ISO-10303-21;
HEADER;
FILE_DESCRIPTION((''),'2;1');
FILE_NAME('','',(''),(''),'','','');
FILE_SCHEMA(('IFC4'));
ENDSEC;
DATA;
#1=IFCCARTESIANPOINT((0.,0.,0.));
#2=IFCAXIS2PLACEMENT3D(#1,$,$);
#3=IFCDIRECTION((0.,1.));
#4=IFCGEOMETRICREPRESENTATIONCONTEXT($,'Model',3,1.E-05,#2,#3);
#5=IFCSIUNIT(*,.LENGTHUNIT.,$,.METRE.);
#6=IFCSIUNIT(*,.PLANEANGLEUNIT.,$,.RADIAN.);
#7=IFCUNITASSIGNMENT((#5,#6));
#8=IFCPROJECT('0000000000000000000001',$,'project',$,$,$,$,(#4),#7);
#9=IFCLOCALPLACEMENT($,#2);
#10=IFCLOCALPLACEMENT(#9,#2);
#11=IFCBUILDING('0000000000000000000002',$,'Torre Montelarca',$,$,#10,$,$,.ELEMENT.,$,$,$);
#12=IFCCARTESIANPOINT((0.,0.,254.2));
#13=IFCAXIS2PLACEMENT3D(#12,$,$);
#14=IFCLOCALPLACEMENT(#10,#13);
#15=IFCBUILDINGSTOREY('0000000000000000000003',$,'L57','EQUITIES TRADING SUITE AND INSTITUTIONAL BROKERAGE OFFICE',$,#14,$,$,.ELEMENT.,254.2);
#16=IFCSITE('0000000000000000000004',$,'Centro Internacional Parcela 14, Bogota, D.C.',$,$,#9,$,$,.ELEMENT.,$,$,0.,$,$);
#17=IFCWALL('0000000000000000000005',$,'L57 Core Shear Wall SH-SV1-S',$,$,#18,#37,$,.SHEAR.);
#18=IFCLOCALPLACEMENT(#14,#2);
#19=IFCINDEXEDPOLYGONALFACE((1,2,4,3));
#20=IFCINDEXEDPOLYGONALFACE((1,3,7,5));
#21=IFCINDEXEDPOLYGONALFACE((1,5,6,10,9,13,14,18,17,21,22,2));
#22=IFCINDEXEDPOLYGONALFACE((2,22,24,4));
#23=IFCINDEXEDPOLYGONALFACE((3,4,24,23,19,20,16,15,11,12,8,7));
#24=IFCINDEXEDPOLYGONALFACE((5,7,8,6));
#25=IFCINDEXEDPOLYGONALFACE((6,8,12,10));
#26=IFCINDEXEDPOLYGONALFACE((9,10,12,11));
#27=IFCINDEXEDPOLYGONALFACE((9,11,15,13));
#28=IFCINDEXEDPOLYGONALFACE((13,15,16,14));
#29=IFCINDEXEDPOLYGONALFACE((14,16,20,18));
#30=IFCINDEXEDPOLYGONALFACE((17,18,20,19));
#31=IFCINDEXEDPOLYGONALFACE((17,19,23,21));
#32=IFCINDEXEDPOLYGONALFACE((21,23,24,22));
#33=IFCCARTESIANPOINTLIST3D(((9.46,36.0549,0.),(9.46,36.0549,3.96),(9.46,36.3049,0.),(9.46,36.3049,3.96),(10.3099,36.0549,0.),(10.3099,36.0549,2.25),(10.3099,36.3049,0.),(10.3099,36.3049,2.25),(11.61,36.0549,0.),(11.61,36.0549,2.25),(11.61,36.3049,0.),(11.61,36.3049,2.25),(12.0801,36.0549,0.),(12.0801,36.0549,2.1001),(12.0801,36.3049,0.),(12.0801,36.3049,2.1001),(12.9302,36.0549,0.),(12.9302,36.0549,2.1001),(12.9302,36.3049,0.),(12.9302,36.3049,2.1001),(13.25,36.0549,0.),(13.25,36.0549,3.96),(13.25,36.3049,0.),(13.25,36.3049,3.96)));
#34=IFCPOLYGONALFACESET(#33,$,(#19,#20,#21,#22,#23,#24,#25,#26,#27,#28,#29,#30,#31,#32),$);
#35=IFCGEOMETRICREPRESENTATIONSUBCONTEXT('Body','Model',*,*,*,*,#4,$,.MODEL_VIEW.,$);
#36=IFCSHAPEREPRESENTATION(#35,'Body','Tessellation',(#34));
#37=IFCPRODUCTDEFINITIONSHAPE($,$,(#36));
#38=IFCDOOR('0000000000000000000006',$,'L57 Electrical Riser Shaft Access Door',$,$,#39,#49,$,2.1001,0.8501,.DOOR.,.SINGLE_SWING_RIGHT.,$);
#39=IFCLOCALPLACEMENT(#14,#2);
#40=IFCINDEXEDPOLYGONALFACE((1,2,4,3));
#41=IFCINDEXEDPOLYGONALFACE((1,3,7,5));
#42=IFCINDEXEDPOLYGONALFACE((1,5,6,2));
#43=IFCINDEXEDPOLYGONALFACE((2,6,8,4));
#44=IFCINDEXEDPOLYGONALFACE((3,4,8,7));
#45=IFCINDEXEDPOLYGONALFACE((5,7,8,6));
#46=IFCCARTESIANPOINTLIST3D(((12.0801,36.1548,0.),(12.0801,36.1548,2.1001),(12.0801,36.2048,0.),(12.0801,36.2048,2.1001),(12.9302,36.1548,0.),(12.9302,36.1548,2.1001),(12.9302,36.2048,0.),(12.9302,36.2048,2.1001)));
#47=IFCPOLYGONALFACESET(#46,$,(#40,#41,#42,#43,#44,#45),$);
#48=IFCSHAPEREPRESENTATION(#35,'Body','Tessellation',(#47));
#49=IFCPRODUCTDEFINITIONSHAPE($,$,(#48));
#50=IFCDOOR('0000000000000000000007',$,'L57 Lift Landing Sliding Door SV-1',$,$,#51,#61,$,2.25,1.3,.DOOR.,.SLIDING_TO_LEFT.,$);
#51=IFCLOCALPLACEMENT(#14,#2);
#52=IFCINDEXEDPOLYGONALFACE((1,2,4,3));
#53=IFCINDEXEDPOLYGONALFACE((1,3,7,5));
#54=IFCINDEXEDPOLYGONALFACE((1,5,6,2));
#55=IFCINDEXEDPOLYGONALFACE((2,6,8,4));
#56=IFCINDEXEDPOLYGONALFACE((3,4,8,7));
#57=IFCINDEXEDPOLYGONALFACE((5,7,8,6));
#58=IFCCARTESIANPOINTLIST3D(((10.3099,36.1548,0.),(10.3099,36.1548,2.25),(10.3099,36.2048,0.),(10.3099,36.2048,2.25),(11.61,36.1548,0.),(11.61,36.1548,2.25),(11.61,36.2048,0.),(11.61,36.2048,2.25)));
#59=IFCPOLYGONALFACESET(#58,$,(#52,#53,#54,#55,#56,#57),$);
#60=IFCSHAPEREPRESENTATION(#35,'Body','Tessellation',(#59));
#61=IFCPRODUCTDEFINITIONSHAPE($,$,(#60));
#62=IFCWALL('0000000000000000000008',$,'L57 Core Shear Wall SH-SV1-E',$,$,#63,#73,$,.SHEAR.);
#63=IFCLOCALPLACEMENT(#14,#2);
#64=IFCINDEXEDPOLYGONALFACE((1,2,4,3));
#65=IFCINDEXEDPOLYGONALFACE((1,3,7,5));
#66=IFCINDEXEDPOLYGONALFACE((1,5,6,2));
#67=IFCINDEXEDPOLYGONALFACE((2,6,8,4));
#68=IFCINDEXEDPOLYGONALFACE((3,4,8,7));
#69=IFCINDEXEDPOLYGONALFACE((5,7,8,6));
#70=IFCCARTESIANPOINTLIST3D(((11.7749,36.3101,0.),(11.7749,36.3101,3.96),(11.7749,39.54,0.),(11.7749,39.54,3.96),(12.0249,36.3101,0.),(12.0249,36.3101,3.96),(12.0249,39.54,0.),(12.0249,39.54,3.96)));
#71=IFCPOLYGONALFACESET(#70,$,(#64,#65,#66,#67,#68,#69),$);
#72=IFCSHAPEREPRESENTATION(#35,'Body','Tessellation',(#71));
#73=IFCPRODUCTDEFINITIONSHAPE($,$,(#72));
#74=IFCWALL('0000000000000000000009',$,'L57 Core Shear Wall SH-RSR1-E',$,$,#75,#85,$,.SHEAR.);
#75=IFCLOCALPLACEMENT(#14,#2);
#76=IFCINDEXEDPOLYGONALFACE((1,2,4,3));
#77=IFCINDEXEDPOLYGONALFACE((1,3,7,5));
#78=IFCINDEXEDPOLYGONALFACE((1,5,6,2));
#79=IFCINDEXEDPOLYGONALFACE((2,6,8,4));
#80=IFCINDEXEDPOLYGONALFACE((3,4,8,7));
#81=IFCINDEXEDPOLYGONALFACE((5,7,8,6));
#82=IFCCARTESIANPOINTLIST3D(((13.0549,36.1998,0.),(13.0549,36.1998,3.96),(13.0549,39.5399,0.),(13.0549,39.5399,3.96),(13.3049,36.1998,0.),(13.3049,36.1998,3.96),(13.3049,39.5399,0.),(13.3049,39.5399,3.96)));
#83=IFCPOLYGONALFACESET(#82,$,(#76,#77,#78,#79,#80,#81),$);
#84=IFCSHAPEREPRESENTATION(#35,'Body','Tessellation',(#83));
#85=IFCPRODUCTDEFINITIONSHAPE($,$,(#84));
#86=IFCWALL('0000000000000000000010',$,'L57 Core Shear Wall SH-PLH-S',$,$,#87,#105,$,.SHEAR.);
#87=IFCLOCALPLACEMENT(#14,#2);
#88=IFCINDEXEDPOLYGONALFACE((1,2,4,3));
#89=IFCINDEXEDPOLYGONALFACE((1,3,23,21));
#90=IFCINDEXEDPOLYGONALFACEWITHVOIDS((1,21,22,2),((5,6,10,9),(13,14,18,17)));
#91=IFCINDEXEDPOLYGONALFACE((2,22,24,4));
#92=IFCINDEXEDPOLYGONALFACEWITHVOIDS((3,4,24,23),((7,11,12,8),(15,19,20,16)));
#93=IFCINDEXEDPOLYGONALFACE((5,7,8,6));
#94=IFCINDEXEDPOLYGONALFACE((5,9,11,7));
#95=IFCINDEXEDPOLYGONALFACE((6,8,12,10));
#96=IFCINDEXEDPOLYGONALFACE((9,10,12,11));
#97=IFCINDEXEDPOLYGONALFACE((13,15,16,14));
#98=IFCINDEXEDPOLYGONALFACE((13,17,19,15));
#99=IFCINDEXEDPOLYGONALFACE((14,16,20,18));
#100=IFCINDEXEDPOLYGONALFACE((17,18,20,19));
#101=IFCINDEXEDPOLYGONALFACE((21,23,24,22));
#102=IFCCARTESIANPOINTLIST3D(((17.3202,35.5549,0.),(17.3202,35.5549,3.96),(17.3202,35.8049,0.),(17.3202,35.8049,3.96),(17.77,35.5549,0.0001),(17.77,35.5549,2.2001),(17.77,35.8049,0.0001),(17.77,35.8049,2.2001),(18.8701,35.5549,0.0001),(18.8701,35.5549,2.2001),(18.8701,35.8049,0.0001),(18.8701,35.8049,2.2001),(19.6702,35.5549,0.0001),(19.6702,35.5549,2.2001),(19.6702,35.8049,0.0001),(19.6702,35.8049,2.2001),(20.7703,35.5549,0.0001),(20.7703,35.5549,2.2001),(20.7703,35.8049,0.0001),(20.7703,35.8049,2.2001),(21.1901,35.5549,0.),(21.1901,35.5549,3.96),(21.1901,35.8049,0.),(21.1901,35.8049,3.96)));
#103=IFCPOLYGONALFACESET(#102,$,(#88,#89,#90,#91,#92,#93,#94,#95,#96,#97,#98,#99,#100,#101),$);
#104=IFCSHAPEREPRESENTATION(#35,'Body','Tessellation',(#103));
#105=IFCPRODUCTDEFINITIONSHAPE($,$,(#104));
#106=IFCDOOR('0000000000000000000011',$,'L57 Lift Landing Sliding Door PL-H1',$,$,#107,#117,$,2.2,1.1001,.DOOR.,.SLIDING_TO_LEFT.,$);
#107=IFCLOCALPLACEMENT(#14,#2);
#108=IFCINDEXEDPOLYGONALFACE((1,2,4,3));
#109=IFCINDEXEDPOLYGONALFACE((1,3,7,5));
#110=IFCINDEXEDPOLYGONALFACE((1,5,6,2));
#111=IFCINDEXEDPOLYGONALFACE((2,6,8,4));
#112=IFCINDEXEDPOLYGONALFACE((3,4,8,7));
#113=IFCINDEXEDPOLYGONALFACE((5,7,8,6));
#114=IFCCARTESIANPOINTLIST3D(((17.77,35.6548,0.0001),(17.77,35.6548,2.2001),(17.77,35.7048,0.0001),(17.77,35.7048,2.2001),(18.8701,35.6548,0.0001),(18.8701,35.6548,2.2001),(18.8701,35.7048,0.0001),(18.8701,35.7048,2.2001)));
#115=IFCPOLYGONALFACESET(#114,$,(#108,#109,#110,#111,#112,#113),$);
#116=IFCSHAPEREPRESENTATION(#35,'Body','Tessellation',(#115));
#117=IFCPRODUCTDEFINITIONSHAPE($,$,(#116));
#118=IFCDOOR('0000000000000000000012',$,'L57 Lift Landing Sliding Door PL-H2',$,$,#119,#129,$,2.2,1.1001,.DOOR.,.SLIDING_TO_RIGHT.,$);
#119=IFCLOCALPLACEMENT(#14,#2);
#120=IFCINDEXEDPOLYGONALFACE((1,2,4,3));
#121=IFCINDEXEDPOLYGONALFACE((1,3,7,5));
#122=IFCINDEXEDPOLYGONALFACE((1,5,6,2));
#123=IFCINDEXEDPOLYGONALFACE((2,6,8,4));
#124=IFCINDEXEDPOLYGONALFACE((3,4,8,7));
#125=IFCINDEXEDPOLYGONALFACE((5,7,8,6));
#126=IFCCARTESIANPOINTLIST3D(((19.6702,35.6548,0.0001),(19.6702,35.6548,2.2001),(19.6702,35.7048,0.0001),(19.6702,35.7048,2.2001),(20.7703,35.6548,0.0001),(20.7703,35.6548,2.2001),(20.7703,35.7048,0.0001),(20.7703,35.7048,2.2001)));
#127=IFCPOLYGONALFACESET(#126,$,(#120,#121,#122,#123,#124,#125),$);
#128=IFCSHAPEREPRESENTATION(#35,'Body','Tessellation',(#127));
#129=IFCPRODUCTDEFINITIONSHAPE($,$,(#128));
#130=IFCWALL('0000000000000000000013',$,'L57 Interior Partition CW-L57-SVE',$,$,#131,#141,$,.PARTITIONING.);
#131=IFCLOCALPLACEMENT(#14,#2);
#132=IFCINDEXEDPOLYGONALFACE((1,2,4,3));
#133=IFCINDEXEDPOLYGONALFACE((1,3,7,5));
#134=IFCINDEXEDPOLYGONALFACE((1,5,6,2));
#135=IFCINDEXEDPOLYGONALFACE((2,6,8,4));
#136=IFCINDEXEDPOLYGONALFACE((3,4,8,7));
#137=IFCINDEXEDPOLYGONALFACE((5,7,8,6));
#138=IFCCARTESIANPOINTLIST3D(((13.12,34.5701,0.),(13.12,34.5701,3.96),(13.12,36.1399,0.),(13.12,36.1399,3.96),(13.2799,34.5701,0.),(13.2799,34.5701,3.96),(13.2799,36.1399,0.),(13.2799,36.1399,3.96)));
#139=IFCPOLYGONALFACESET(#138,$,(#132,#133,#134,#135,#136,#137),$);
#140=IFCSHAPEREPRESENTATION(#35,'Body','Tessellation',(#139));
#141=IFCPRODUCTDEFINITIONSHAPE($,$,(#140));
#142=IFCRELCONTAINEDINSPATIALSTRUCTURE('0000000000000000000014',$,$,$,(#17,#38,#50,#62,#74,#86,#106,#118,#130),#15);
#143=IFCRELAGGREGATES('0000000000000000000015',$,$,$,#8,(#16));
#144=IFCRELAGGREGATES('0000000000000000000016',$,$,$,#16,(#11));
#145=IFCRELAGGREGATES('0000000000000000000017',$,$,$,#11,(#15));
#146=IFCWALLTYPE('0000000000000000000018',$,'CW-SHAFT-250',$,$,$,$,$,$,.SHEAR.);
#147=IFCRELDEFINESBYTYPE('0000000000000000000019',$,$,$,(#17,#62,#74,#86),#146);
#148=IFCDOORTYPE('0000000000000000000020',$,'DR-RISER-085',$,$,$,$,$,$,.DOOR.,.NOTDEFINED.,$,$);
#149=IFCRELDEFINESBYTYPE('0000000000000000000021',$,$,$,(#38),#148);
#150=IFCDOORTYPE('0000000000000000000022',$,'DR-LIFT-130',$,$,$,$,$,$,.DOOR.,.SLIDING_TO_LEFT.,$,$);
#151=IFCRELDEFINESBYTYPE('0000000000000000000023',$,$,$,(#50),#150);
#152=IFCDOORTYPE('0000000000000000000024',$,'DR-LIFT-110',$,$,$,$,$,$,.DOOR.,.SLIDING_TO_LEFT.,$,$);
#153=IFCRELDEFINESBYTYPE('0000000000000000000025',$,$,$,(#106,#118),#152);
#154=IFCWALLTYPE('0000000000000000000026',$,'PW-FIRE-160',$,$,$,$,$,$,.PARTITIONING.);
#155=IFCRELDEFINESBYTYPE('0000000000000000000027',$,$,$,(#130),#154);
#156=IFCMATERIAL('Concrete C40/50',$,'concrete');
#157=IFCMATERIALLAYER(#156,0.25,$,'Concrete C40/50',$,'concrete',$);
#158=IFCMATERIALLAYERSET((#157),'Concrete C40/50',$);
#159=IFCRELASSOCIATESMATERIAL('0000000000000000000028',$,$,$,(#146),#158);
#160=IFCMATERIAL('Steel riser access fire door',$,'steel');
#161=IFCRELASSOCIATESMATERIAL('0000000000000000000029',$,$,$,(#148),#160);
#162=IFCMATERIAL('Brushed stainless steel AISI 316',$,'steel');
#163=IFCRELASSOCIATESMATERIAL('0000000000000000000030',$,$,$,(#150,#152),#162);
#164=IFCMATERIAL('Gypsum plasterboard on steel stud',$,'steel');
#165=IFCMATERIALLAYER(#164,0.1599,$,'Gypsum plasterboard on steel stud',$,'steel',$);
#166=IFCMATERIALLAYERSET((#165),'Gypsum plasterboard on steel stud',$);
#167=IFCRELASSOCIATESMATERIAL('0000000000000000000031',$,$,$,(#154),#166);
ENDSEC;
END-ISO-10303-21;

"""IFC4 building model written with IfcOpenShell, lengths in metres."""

from ifc_helpers import new_model, si_unit, direction, frame, frame_2d, origin, place, context, subcontext, project, spatial, rectangle, extrude, source, transform, mapped, material, layer, layer_set, type_object, element, fill, save


model = new_model("IFC4")

# Units and contexts
model_context = context("Model", 3, precision=1e-05, world=origin(), true_north=direction((0.0, 1.0)))
body_context = subcontext(model_context, "Body", "Model", "MODEL_VIEW")
ifc_project = project(units=[si_unit("LENGTHUNIT", "METRE"), si_unit("PLANEANGLEUNIT", "RADIAN")], contexts=[model_context])

# Site, building, storey
site_placement = place(None, origin())
site = spatial("IfcSite", under=ifc_project, at=site_placement, Name="Centro Internacional Parcela 14, Bogota, D.C.", CompositionType="ELEMENT", RefElevation=0.0)
building_placement = place(site_placement, origin())
building = spatial("IfcBuilding", under=site, at=building_placement, Name="Torre Montelarca", CompositionType="ELEMENT")
storey_placement = place(building_placement, frame((0.0, 0.0, 254.2)))
storey = spatial("IfcBuildingStorey", under=building, at=storey_placement, Name="L57", Description="EQUITIES TRADING SUITE AND INSTITUTIONAL BROKERAGE OFFICE", CompositionType="ELEMENT", Elevation=254.2)

# Shared definitions
ifc_material_1 = material(Name="Concrete C40/50", Category="concrete")
ifc_layer_1 = layer(ifc_material_1, 0.25, Name="Concrete C40/50", Category="concrete")
ifc_layer_set_1 = layer_set([ifc_layer_1], Name="Concrete C40/50")
wall_type_1 = type_object("IfcWallType", Name="CW-SHAFT-250", PredefinedType="SHEAR", material=ifc_layer_set_1)

# Wall, openings, doors
wall_1_placement = place(storey_placement, frame((9.46, 36.1799, 0.0), z_axis=(0.0, 0.0, 1.0), x_axis=(1.0, 0.0, 0.0)))
wall_1 = element("IfcWall", 1, at=wall_1_placement, inside=storey, type_object=wall_type_1, Name="L57 Core Shear Wall SH-SV1-S", PredefinedType="SHEAR", context=body_context, shape_type="SweptSolid", body=[
    extrude(rectangle(XDim=3.79, YDim=0.25, at=frame_2d((1.895, 0.0))), origin(), (0.0, 0.0, 1.0), 3.96),
])
opening_1_placement = place(wall_1_placement, frame((2.6201, 0.0, 0.0)))
opening_1 = element("IfcOpeningElement", 2, at=opening_1_placement, cuts=wall_1, PredefinedType="OPENING", context=body_context, shape_type="SweptSolid", body=[
    extrude(rectangle(XDim=0.8501, YDim=2.1001, at=frame_2d((0.425, 1.05))), frame((0.0, 0.135, 0.0), z_axis=(0.0, -1.0, 0.0), x_axis=(1.0, 0.0, 0.0)), (0.0, 0.0, 1.0), 0.27),
])
opening_2_placement = place(wall_1_placement, frame((0.8501, 0.0, 0.0)))
opening_2 = element("IfcOpeningElement", 3, at=opening_2_placement, cuts=wall_1, PredefinedType="OPENING", context=body_context, shape_type="SweptSolid", body=[
    extrude(rectangle(XDim=1.3, YDim=2.25, at=frame_2d((0.6499, 1.125))), frame((0.0, 0.135, 0.0), z_axis=(0.0, -1.0, 0.0), x_axis=(1.0, 0.0, 0.0)), (0.0, 0.0, 1.0), 0.27),
])
ifc_material_2 = material(Name="Steel riser access fire door", Category="steel")
door_type_1 = type_object("IfcDoorType", Name="DR-RISER-085", OperationType="NOTDEFINED", PredefinedType="DOOR", material=ifc_material_2)
shared_shape_1 = source(origin(), body_context, "Body", "SweptSolid", [
    extrude(rectangle(XDim=0.8501, YDim=2.1001, at=frame_2d((0.425, 1.05))), frame((0.0, 0.0249, 0.0), z_axis=(0.0, -1.0, 0.0), x_axis=(1.0, 0.0, 0.0)), (0.0, 0.0, 1.0), 0.05),
])
door_1_placement = place(opening_1_placement, origin())
door_1 = element("IfcDoor", 4, at=door_1_placement, inside=storey, type_object=door_type_1, Name="L57 Electrical Riser Shaft Access Door", OperationType="SINGLE_SWING_RIGHT", OverallHeight=2.1001, OverallWidth=0.8501, PredefinedType="DOOR", context=body_context, shape_type="MappedRepresentation", body=[
    mapped(shared_shape_1, transform((0.0, 0.0, 0.0), scale=1.0)),
])
fill(opening_1, door_1)
ifc_material_3 = material(Name="Brushed stainless steel AISI 316", Category="steel")
door_type_2 = type_object("IfcDoorType", Name="DR-LIFT-130", OperationType="SLIDING_TO_LEFT", PredefinedType="DOOR", material=ifc_material_3)
shared_shape_2 = source(origin(), body_context, "Body", "SweptSolid", [
    extrude(rectangle(XDim=1.3, YDim=2.25, at=frame_2d((0.6499, 1.125))), frame((0.0, 0.0249, 0.0), z_axis=(0.0, -1.0, 0.0), x_axis=(1.0, 0.0, 0.0)), (0.0, 0.0, 1.0), 0.05),
])
door_2_placement = place(opening_2_placement, origin())
door_2 = element("IfcDoor", 5, at=door_2_placement, inside=storey, type_object=door_type_2, Name="L57 Lift Landing Sliding Door SV-1", OperationType="SLIDING_TO_LEFT", OverallHeight=2.25, OverallWidth=1.3, PredefinedType="DOOR", context=body_context, shape_type="MappedRepresentation", body=[
    mapped(shared_shape_2, transform((0.0, 0.0, 0.0), scale=1.0)),
])
fill(opening_2, door_2)

# Walls
wall_2_placement = place(storey_placement, frame((11.8999, 36.3101, 0.0), z_axis=(0.0, 0.0, 1.0), x_axis=(0.0, 1.0, 0.0)))
element("IfcWall", 6, at=wall_2_placement, inside=storey, type_object=wall_type_1, Name="L57 Core Shear Wall SH-SV1-E", PredefinedType="SHEAR", context=body_context, shape_type="SweptSolid", body=[
    extrude(rectangle(XDim=3.23, YDim=0.25, at=frame_2d((1.615, 0.0))), origin(), (0.0, 0.0, 1.0), 3.96),
])
wall_3_placement = place(storey_placement, frame((13.1799, 36.2, 0.0), z_axis=(0.0, 0.0, 1.0), x_axis=(0.0, 1.0, 0.0)))
element("IfcWall", 7, at=wall_3_placement, inside=storey, type_object=wall_type_1, Name="L57 Core Shear Wall SH-RSR1-E", PredefinedType="SHEAR", context=body_context, shape_type="SweptSolid", body=[
    extrude(rectangle(XDim=3.3401, YDim=0.25, at=frame_2d((1.6699, 0.0))), origin(), (0.0, 0.0, 1.0), 3.96),
])

# Wall, openings, doors
wall_4_placement = place(storey_placement, frame((17.3201, 35.6799, 0.0), z_axis=(0.0, 0.0, 1.0), x_axis=(1.0, 0.0, 0.0)))
wall_4 = element("IfcWall", 8, at=wall_4_placement, inside=storey, type_object=wall_type_1, Name="L57 Core Shear Wall SH-PLH-S", PredefinedType="SHEAR", context=body_context, shape_type="SweptSolid", body=[
    extrude(rectangle(XDim=3.8699, YDim=0.25, at=frame_2d((1.9351, 0.0))), origin(), (0.0, 0.0, 1.0), 3.96),
])
opening_3_placement = place(wall_4_placement, frame((0.45, 0.0, 0.0)))
opening_3 = element("IfcOpeningElement", 9, at=opening_3_placement, cuts=wall_4, PredefinedType="OPENING", context=body_context, shape_type="SweptSolid", body=[
    extrude(rectangle(XDim=1.1001, YDim=2.2, at=frame_2d((0.55, 1.1001))), frame((0.0, 0.135, 0.0), z_axis=(0.0, -1.0, 0.0), x_axis=(1.0, 0.0, 0.0)), (0.0, 0.0, 1.0), 0.27),
])
opening_4_placement = place(wall_4_placement, frame((2.3501, 0.0, 0.0)))
opening_4 = element("IfcOpeningElement", 10, at=opening_4_placement, cuts=wall_4, PredefinedType="OPENING", context=body_context, shape_type="SweptSolid", body=[
    extrude(rectangle(XDim=1.1001, YDim=2.2, at=frame_2d((0.55, 1.1001))), frame((0.0, 0.135, 0.0), z_axis=(0.0, -1.0, 0.0), x_axis=(1.0, 0.0, 0.0)), (0.0, 0.0, 1.0), 0.27),
])
door_type_3 = type_object("IfcDoorType", Name="DR-LIFT-110", OperationType="SLIDING_TO_LEFT", PredefinedType="DOOR", material=ifc_material_3)
shared_shape_3 = source(origin(), body_context, "Body", "SweptSolid", [
    extrude(rectangle(XDim=1.1001, YDim=2.2, at=frame_2d((0.55, 1.1001))), frame((0.0, 0.0249, 0.0), z_axis=(0.0, -1.0, 0.0), x_axis=(1.0, 0.0, 0.0)), (0.0, 0.0, 1.0), 0.05),
])
door_3_placement = place(opening_3_placement, origin())
door_3 = element("IfcDoor", 11, at=door_3_placement, inside=storey, type_object=door_type_3, Name="L57 Lift Landing Sliding Door PL-H1", OperationType="SLIDING_TO_LEFT", OverallHeight=2.2, OverallWidth=1.1001, PredefinedType="DOOR", context=body_context, shape_type="MappedRepresentation", body=[
    mapped(shared_shape_3, transform((0.0, 0.0, 0.0), scale=1.0)),
])
fill(opening_3, door_3)
door_4_placement = place(opening_4_placement, origin())
door_4 = element("IfcDoor", 12, at=door_4_placement, inside=storey, type_object=door_type_3, Name="L57 Lift Landing Sliding Door PL-H2", OperationType="SLIDING_TO_RIGHT", OverallHeight=2.2, OverallWidth=1.1001, PredefinedType="DOOR", context=body_context, shape_type="MappedRepresentation", body=[
    mapped(shared_shape_3, transform((0.0, 0.0, 0.0), scale=1.0)),
])
fill(opening_4, door_4)

# Shared definitions
ifc_material_4 = material(Name="Gypsum plasterboard on steel stud", Category="steel")
ifc_layer_2 = layer(ifc_material_4, 0.1599, Name="Gypsum plasterboard on steel stud", Category="steel")
ifc_layer_set_2 = layer_set([ifc_layer_2], Name="Gypsum plasterboard on steel stud")
wall_type_2 = type_object("IfcWallType", Name="PW-FIRE-160", PredefinedType="PARTITIONING", material=ifc_layer_set_2)

# Wall
wall_5_placement = place(storey_placement, frame((13.2, 34.5701, 0.0), z_axis=(0.0, 0.0, 1.0), x_axis=(0.0, 1.0, 0.0)))
element("IfcWall", 13, at=wall_5_placement, inside=storey, type_object=wall_type_2, Name="L57 Interior Partition CW-L57-SVE", PredefinedType="PARTITIONING", context=body_context, shape_type="SweptSolid", body=[
    extrude(rectangle(XDim=1.5698, YDim=0.1599, at=frame_2d((0.7849, 0.0))), origin(), (0.0, 0.0, 1.0), 3.96),
])

save(model, "model.ifc")
